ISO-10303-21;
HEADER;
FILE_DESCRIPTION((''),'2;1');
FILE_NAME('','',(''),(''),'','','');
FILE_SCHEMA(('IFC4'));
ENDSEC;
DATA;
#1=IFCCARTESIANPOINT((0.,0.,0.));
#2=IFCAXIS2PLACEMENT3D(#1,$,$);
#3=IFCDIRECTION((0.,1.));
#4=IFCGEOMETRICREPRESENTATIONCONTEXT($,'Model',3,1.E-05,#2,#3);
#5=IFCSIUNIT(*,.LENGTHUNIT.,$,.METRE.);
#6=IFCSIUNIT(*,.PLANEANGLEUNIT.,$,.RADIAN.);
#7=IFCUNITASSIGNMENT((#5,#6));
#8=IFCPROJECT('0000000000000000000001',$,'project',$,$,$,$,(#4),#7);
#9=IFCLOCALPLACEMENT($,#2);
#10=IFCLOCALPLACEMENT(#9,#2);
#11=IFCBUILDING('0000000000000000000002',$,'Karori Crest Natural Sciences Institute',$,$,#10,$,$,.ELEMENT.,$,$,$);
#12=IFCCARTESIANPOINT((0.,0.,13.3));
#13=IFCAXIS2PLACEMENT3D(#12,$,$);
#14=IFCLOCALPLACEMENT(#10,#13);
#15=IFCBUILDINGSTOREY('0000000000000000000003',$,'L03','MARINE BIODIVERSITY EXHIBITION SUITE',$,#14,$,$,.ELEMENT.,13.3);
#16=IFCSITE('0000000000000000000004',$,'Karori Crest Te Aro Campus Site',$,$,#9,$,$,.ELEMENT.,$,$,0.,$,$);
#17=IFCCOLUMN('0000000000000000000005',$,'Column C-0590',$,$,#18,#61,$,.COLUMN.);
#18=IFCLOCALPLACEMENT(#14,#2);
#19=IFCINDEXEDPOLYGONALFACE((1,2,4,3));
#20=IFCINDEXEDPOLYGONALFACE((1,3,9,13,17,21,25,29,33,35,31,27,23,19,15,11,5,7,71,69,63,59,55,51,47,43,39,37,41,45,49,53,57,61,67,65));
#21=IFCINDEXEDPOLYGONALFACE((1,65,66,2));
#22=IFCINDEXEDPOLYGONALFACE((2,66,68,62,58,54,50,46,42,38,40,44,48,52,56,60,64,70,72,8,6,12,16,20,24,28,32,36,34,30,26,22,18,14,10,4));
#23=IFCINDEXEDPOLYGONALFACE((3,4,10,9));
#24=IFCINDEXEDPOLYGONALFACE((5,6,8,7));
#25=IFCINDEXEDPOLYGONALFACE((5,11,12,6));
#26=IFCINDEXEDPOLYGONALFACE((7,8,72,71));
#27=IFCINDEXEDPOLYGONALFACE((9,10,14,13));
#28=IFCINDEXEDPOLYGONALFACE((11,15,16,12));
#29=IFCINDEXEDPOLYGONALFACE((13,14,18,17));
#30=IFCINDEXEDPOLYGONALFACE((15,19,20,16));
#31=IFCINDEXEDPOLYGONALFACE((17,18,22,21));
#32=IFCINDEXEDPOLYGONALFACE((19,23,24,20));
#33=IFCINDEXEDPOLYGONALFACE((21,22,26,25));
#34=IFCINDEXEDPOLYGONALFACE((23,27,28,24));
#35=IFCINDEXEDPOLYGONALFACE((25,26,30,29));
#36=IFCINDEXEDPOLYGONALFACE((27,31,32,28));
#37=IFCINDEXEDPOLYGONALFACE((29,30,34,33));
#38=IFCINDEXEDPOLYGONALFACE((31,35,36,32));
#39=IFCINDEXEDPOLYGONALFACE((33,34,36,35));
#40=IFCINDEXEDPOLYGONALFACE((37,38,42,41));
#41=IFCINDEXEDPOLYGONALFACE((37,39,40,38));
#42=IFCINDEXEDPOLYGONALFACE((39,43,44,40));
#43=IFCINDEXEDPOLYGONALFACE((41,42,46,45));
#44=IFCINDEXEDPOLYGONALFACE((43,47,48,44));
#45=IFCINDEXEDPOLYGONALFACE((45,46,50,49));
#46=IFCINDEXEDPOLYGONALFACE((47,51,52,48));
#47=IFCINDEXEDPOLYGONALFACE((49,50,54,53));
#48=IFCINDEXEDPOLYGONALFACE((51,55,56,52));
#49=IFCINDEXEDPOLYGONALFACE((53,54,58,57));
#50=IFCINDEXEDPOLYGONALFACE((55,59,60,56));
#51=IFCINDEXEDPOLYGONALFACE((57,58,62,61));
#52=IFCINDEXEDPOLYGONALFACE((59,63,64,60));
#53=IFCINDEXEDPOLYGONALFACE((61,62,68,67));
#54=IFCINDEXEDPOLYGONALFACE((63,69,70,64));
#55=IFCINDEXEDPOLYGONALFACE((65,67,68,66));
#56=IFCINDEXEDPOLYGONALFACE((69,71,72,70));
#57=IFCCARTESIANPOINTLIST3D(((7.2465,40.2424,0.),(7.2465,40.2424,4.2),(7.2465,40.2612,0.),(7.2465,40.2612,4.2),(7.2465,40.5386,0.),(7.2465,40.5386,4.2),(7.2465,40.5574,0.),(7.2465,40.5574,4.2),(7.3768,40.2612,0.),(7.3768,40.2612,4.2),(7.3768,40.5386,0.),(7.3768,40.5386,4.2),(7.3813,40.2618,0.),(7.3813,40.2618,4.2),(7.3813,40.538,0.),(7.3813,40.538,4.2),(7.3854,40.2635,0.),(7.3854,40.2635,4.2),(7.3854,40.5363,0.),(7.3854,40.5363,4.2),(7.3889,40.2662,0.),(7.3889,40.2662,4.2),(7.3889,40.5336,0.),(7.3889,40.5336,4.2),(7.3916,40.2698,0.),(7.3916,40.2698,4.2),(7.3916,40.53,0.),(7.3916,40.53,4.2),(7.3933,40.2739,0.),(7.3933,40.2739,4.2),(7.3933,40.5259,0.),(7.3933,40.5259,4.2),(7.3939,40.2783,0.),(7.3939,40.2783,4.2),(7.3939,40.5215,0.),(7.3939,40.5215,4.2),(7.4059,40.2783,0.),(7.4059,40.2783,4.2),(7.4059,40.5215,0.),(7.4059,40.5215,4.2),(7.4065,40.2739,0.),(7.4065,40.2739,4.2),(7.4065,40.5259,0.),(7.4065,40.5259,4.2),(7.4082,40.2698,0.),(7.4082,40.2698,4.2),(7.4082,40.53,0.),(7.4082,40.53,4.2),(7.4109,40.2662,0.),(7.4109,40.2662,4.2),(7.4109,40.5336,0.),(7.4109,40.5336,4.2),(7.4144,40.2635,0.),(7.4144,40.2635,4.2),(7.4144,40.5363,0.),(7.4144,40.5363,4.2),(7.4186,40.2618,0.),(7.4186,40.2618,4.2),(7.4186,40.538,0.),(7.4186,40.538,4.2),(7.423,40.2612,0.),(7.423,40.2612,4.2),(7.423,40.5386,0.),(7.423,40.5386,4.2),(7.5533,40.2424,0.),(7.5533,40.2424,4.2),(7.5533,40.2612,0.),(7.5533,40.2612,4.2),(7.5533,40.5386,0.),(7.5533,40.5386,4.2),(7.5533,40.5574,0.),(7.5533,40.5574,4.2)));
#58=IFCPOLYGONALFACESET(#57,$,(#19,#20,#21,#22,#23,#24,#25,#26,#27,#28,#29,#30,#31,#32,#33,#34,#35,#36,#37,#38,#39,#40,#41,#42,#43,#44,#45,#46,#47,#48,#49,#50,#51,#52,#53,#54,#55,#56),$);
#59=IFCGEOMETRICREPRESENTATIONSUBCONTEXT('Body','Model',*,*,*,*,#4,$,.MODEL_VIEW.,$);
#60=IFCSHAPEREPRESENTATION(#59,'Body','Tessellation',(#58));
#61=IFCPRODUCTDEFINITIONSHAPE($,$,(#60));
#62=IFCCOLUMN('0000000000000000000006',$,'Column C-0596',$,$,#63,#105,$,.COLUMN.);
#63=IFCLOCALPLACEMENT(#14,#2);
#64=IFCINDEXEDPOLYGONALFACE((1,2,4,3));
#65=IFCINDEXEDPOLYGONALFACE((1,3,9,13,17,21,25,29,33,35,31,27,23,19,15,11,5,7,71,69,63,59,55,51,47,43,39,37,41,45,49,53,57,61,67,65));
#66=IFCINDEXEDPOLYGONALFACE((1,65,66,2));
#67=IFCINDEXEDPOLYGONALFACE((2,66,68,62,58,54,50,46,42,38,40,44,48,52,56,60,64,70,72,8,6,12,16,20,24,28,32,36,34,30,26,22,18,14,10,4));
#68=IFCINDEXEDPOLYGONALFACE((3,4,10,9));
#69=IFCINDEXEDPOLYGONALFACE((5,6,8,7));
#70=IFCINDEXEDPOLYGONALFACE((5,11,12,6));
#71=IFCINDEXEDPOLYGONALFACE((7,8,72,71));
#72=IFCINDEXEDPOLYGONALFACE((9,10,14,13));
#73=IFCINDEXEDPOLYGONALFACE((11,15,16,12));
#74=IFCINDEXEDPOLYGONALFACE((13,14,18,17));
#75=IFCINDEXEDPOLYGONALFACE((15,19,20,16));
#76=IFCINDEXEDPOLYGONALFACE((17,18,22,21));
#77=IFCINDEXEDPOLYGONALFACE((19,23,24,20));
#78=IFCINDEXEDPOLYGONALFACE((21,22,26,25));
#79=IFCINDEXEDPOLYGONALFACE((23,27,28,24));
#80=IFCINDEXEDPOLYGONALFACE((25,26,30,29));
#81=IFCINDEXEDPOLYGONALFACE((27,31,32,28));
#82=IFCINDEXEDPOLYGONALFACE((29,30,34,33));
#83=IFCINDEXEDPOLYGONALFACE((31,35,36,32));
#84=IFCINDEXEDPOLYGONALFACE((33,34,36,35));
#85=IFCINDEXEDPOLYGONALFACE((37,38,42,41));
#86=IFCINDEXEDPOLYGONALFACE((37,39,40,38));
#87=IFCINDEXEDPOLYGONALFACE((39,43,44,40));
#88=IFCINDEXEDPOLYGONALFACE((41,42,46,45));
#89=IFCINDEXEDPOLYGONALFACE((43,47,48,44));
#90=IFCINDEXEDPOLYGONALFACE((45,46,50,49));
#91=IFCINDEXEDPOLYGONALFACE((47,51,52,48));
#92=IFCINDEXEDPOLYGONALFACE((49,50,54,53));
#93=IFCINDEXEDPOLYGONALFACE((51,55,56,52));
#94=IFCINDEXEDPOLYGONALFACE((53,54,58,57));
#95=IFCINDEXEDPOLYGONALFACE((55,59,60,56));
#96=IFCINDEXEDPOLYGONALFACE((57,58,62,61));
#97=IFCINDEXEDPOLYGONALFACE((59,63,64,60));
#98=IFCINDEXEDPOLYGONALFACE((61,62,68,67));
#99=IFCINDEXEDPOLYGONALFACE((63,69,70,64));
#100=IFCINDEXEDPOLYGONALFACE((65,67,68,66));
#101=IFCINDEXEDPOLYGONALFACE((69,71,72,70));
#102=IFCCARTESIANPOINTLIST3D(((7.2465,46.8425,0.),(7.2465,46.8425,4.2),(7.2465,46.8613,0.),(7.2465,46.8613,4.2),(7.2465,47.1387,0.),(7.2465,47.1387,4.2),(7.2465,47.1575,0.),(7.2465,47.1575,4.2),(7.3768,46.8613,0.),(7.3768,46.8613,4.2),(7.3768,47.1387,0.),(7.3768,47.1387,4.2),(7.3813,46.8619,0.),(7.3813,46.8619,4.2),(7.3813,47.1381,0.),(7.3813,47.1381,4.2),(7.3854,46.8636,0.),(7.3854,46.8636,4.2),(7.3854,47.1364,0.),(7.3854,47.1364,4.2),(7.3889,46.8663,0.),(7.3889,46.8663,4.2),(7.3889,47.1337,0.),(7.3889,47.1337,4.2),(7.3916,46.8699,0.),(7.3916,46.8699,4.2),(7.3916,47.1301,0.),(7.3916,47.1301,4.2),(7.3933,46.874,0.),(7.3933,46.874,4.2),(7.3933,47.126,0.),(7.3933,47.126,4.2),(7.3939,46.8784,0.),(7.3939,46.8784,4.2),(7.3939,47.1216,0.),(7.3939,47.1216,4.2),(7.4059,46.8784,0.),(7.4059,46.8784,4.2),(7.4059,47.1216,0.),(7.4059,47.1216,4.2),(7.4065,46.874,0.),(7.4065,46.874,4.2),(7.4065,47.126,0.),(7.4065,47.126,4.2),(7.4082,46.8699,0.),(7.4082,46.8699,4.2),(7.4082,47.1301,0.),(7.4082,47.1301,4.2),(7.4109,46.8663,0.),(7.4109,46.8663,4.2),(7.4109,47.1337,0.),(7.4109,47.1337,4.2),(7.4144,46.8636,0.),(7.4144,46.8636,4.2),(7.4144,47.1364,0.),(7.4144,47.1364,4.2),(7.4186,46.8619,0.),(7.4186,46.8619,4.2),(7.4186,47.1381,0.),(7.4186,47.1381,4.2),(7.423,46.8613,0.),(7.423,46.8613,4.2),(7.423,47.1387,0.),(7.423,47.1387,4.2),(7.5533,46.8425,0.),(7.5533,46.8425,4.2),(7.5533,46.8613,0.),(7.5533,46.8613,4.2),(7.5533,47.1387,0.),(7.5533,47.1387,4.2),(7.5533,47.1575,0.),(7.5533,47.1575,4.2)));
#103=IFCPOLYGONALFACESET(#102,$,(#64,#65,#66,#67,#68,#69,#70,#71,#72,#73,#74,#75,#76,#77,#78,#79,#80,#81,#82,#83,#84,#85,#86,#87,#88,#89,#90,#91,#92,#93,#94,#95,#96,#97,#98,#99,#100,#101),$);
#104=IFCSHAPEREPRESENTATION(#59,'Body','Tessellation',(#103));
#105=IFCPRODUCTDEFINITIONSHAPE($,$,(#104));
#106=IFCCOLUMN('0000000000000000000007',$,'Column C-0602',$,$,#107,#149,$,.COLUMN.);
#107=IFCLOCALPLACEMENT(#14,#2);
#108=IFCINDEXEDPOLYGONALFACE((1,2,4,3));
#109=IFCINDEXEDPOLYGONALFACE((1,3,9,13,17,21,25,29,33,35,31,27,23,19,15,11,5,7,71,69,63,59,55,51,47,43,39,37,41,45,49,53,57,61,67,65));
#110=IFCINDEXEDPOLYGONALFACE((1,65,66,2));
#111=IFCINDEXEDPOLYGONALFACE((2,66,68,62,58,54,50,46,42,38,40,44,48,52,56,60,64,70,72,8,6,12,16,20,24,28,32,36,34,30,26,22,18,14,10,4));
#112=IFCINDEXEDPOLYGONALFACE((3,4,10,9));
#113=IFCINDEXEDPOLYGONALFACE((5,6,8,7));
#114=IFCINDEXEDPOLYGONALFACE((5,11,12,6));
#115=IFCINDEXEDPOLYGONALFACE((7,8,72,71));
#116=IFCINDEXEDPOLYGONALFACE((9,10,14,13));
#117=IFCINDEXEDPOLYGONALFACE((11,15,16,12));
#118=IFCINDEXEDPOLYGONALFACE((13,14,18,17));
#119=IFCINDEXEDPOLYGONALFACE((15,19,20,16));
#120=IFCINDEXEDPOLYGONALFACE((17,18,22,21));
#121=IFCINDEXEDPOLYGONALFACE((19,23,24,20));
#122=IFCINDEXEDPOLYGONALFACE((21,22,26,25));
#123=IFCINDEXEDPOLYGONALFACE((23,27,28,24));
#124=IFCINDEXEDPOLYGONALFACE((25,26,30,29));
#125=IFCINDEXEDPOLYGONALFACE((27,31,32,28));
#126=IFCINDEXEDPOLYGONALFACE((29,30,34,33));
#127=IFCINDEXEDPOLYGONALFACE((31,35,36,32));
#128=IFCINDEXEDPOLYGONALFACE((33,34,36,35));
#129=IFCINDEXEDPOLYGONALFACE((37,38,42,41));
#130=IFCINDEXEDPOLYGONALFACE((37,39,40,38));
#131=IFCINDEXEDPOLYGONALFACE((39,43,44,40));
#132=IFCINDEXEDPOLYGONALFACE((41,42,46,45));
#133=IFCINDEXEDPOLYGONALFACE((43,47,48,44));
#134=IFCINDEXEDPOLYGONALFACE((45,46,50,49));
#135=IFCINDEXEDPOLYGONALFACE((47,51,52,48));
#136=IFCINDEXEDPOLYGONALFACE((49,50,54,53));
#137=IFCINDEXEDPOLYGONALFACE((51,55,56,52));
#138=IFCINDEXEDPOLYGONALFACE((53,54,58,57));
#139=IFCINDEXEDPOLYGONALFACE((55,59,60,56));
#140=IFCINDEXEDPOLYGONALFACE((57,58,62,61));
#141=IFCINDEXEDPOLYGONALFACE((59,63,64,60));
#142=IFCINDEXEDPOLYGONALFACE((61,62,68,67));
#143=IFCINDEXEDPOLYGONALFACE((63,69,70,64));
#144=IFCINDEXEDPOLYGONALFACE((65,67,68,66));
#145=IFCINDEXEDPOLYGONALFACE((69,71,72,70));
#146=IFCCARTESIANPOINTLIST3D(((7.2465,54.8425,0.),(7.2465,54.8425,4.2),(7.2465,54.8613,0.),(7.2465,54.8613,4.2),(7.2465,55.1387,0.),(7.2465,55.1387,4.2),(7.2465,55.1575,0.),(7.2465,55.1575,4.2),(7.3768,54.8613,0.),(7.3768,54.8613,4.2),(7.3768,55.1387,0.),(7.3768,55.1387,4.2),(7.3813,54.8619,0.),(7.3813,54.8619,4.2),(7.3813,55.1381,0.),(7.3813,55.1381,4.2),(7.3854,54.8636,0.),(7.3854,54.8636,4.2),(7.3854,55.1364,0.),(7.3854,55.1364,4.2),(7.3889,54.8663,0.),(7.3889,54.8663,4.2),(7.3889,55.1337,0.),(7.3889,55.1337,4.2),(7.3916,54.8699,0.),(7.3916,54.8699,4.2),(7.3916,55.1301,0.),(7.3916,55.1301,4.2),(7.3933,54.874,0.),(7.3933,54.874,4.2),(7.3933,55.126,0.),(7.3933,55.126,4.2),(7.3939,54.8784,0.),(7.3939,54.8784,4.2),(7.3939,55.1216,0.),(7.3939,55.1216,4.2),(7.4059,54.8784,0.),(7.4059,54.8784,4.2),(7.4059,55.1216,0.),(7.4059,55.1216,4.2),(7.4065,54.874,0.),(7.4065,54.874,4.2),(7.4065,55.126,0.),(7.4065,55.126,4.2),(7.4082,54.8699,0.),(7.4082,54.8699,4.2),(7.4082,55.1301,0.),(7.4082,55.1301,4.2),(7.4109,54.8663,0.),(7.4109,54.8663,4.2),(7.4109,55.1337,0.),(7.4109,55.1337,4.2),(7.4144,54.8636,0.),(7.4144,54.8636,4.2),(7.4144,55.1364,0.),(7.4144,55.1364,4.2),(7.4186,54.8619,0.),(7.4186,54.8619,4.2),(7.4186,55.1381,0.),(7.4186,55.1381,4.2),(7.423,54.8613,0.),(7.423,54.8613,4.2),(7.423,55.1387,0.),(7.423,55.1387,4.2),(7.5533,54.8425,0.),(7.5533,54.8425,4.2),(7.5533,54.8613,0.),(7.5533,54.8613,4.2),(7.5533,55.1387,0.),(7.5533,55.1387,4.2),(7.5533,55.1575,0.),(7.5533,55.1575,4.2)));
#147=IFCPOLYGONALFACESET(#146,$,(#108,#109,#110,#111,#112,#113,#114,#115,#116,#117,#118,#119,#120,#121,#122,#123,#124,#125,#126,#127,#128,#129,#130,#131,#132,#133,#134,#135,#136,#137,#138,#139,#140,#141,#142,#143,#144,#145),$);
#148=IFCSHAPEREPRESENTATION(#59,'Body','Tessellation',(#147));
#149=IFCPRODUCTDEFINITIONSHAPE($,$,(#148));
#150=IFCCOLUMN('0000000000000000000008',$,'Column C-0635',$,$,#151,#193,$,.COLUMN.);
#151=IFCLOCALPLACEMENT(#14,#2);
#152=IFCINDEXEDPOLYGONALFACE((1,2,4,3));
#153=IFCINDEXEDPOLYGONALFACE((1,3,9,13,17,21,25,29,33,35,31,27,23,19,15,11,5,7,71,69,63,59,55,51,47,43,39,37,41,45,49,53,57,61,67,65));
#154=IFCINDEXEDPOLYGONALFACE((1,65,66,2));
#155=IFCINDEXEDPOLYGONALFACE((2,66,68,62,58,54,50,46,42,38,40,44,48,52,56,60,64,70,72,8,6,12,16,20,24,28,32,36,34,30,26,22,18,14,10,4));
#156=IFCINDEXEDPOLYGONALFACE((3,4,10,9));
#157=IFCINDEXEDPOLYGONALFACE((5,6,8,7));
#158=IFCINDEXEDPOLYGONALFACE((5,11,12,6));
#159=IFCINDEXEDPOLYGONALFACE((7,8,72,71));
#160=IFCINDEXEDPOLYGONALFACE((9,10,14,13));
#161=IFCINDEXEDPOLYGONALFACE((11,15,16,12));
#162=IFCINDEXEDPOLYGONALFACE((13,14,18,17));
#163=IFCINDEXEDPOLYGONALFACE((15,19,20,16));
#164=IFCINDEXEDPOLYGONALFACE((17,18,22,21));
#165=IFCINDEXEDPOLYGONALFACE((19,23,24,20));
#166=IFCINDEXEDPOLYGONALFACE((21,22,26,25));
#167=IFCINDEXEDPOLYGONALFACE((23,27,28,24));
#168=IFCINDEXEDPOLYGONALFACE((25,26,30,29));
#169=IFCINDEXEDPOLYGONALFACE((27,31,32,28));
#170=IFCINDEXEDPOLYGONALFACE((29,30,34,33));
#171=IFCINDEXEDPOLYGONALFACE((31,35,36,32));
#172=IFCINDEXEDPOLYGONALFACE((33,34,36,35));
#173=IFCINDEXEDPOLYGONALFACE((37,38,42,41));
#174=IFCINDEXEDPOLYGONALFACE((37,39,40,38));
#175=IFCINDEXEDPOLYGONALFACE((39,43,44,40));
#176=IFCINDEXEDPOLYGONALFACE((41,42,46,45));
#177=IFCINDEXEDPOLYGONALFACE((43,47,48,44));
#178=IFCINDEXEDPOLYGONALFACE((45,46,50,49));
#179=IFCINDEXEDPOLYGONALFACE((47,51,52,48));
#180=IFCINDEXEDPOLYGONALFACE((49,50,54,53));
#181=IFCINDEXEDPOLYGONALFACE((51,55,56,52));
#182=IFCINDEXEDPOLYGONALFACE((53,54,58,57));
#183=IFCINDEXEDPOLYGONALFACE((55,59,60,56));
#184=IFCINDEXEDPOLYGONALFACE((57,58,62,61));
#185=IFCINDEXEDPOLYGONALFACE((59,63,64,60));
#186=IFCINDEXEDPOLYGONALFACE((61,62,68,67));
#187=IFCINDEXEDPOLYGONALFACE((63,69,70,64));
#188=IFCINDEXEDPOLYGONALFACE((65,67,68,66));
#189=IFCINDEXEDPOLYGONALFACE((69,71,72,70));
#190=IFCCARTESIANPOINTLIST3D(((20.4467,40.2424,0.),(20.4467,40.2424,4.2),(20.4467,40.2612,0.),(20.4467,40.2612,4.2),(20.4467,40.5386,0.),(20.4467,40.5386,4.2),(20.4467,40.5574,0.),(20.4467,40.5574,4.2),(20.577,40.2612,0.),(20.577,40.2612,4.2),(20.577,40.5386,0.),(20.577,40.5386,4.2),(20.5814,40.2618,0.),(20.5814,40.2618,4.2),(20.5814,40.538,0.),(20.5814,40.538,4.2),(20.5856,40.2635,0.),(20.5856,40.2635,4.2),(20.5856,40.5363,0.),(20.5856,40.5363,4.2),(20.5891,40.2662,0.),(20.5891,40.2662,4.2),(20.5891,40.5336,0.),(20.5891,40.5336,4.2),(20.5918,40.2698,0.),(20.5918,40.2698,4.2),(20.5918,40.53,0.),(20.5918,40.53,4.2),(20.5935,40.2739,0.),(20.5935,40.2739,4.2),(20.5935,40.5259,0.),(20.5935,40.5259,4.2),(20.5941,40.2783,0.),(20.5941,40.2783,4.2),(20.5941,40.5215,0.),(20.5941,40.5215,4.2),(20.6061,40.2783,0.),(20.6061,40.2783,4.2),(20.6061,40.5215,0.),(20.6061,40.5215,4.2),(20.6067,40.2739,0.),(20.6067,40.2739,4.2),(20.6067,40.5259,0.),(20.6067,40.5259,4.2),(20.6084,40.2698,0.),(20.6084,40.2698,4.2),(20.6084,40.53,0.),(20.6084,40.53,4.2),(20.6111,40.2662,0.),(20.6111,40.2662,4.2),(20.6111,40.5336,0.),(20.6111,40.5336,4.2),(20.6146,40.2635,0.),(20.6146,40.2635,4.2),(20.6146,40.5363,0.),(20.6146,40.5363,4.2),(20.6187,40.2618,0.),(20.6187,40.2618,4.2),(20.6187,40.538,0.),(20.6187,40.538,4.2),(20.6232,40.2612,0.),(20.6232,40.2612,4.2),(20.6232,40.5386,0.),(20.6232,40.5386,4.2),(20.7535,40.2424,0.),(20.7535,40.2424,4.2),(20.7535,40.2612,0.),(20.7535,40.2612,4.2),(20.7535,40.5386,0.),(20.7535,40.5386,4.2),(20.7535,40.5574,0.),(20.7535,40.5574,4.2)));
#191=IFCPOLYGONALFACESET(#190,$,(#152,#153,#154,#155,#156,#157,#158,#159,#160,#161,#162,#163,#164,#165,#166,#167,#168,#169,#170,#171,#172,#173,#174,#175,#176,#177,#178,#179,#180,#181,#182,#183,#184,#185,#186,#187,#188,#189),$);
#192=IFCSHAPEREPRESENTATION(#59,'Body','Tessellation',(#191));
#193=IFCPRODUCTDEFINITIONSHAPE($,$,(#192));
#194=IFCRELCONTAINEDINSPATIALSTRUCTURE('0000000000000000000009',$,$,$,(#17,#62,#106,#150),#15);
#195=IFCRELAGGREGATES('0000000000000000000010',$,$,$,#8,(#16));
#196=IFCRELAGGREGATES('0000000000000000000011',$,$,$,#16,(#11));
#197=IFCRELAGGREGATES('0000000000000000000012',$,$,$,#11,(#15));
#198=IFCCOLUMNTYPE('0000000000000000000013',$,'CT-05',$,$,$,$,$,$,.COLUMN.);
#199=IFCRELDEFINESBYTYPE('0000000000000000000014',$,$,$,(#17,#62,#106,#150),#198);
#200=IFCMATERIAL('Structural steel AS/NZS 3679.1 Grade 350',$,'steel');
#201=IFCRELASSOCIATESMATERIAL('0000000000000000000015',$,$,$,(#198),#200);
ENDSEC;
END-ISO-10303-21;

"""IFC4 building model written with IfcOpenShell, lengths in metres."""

from ifc_helpers import new_model, si_unit, direction, frame, origin, origin_2d, place, context, subcontext, project, spatial, i_section, extrude, material, material_profile, profile_set, type_object, element, save


model = new_model("IFC4")

# Units and contexts
model_context = context("Model", 3, precision=1e-05, world=origin(), true_north=direction((0.0, 1.0)))
body_context = subcontext(model_context, "Body", "Model", "MODEL_VIEW")
ifc_project = project(units=[si_unit("LENGTHUNIT", "METRE"), si_unit("PLANEANGLEUNIT", "RADIAN")], contexts=[model_context])

# Site, building, storey
site_placement = place(None, origin())
site = spatial("IfcSite", under=ifc_project, at=site_placement, Name="Karori Crest Te Aro Campus Site", CompositionType="ELEMENT", RefElevation=0.0)
building_placement = place(site_placement, origin())
building = spatial("IfcBuilding", under=site, at=building_placement, Name="Karori Crest Natural Sciences Institute", CompositionType="ELEMENT")
storey_placement = place(building_placement, frame((0.0, 0.0, 13.3)))
storey = spatial("IfcBuildingStorey", under=building, at=storey_placement, Name="L03", Description="MARINE BIODIVERSITY EXHIBITION SUITE", CompositionType="ELEMENT", Elevation=13.3)

# Columns
ifc_material_1 = material(Name="Structural steel AS/NZS 3679.1 Grade 350", Category="steel")
ifc_material_profile_1 = material_profile(ifc_material_1, i_section(OverallWidth=0.3069, OverallDepth=0.3149, WebThickness=0.012, FlangeThickness=0.0188, FilletRadius=0.0171, at=origin_2d()), Name="310UC118")
ifc_profile_set_1 = profile_set([ifc_material_profile_1], Name="Structural steel AS/NZS 3679.1 Grade 350")
column_type = type_object("IfcColumnType", Name="CT-05", PredefinedType="COLUMN", material=ifc_profile_set_1)
for number, where, z_axis, x_axis, name in (
    (1, (7.3999, 40.3999, 0.0), (0.0, 0.0, 1.0), (1.0, 0.0, 0.0), "Column C-0590"),
    (2, (7.3999, 47.0, 0.0), (0.0, 0.0, 1.0), (1.0, 0.0, 0.0), "Column C-0596"),
    (3, (7.3999, 55.0, 0.0), (0.0, 0.0, 1.0), (1.0, 0.0, 0.0), "Column C-0602"),
    (4, (20.6001, 40.3999, 0.0), (0.0, 0.0, 1.0), (1.0, 0.0, 0.0), "Column C-0635"),
):
    element("IfcColumn", number, at=place(storey_placement, frame(where, z_axis=z_axis, x_axis=x_axis)), inside=storey, type_object=column_type, Name=name, PredefinedType="COLUMN", context=body_context, shape_type="SweptSolid", body=[
        extrude(i_section(OverallWidth=0.3069, OverallDepth=0.3149, WebThickness=0.012, FlangeThickness=0.0188, FilletRadius=0.0171, at=origin_2d()), origin(), (0.0, 0.0, 1.0), 4.2),
    ])

save(model, "model.ifc")
